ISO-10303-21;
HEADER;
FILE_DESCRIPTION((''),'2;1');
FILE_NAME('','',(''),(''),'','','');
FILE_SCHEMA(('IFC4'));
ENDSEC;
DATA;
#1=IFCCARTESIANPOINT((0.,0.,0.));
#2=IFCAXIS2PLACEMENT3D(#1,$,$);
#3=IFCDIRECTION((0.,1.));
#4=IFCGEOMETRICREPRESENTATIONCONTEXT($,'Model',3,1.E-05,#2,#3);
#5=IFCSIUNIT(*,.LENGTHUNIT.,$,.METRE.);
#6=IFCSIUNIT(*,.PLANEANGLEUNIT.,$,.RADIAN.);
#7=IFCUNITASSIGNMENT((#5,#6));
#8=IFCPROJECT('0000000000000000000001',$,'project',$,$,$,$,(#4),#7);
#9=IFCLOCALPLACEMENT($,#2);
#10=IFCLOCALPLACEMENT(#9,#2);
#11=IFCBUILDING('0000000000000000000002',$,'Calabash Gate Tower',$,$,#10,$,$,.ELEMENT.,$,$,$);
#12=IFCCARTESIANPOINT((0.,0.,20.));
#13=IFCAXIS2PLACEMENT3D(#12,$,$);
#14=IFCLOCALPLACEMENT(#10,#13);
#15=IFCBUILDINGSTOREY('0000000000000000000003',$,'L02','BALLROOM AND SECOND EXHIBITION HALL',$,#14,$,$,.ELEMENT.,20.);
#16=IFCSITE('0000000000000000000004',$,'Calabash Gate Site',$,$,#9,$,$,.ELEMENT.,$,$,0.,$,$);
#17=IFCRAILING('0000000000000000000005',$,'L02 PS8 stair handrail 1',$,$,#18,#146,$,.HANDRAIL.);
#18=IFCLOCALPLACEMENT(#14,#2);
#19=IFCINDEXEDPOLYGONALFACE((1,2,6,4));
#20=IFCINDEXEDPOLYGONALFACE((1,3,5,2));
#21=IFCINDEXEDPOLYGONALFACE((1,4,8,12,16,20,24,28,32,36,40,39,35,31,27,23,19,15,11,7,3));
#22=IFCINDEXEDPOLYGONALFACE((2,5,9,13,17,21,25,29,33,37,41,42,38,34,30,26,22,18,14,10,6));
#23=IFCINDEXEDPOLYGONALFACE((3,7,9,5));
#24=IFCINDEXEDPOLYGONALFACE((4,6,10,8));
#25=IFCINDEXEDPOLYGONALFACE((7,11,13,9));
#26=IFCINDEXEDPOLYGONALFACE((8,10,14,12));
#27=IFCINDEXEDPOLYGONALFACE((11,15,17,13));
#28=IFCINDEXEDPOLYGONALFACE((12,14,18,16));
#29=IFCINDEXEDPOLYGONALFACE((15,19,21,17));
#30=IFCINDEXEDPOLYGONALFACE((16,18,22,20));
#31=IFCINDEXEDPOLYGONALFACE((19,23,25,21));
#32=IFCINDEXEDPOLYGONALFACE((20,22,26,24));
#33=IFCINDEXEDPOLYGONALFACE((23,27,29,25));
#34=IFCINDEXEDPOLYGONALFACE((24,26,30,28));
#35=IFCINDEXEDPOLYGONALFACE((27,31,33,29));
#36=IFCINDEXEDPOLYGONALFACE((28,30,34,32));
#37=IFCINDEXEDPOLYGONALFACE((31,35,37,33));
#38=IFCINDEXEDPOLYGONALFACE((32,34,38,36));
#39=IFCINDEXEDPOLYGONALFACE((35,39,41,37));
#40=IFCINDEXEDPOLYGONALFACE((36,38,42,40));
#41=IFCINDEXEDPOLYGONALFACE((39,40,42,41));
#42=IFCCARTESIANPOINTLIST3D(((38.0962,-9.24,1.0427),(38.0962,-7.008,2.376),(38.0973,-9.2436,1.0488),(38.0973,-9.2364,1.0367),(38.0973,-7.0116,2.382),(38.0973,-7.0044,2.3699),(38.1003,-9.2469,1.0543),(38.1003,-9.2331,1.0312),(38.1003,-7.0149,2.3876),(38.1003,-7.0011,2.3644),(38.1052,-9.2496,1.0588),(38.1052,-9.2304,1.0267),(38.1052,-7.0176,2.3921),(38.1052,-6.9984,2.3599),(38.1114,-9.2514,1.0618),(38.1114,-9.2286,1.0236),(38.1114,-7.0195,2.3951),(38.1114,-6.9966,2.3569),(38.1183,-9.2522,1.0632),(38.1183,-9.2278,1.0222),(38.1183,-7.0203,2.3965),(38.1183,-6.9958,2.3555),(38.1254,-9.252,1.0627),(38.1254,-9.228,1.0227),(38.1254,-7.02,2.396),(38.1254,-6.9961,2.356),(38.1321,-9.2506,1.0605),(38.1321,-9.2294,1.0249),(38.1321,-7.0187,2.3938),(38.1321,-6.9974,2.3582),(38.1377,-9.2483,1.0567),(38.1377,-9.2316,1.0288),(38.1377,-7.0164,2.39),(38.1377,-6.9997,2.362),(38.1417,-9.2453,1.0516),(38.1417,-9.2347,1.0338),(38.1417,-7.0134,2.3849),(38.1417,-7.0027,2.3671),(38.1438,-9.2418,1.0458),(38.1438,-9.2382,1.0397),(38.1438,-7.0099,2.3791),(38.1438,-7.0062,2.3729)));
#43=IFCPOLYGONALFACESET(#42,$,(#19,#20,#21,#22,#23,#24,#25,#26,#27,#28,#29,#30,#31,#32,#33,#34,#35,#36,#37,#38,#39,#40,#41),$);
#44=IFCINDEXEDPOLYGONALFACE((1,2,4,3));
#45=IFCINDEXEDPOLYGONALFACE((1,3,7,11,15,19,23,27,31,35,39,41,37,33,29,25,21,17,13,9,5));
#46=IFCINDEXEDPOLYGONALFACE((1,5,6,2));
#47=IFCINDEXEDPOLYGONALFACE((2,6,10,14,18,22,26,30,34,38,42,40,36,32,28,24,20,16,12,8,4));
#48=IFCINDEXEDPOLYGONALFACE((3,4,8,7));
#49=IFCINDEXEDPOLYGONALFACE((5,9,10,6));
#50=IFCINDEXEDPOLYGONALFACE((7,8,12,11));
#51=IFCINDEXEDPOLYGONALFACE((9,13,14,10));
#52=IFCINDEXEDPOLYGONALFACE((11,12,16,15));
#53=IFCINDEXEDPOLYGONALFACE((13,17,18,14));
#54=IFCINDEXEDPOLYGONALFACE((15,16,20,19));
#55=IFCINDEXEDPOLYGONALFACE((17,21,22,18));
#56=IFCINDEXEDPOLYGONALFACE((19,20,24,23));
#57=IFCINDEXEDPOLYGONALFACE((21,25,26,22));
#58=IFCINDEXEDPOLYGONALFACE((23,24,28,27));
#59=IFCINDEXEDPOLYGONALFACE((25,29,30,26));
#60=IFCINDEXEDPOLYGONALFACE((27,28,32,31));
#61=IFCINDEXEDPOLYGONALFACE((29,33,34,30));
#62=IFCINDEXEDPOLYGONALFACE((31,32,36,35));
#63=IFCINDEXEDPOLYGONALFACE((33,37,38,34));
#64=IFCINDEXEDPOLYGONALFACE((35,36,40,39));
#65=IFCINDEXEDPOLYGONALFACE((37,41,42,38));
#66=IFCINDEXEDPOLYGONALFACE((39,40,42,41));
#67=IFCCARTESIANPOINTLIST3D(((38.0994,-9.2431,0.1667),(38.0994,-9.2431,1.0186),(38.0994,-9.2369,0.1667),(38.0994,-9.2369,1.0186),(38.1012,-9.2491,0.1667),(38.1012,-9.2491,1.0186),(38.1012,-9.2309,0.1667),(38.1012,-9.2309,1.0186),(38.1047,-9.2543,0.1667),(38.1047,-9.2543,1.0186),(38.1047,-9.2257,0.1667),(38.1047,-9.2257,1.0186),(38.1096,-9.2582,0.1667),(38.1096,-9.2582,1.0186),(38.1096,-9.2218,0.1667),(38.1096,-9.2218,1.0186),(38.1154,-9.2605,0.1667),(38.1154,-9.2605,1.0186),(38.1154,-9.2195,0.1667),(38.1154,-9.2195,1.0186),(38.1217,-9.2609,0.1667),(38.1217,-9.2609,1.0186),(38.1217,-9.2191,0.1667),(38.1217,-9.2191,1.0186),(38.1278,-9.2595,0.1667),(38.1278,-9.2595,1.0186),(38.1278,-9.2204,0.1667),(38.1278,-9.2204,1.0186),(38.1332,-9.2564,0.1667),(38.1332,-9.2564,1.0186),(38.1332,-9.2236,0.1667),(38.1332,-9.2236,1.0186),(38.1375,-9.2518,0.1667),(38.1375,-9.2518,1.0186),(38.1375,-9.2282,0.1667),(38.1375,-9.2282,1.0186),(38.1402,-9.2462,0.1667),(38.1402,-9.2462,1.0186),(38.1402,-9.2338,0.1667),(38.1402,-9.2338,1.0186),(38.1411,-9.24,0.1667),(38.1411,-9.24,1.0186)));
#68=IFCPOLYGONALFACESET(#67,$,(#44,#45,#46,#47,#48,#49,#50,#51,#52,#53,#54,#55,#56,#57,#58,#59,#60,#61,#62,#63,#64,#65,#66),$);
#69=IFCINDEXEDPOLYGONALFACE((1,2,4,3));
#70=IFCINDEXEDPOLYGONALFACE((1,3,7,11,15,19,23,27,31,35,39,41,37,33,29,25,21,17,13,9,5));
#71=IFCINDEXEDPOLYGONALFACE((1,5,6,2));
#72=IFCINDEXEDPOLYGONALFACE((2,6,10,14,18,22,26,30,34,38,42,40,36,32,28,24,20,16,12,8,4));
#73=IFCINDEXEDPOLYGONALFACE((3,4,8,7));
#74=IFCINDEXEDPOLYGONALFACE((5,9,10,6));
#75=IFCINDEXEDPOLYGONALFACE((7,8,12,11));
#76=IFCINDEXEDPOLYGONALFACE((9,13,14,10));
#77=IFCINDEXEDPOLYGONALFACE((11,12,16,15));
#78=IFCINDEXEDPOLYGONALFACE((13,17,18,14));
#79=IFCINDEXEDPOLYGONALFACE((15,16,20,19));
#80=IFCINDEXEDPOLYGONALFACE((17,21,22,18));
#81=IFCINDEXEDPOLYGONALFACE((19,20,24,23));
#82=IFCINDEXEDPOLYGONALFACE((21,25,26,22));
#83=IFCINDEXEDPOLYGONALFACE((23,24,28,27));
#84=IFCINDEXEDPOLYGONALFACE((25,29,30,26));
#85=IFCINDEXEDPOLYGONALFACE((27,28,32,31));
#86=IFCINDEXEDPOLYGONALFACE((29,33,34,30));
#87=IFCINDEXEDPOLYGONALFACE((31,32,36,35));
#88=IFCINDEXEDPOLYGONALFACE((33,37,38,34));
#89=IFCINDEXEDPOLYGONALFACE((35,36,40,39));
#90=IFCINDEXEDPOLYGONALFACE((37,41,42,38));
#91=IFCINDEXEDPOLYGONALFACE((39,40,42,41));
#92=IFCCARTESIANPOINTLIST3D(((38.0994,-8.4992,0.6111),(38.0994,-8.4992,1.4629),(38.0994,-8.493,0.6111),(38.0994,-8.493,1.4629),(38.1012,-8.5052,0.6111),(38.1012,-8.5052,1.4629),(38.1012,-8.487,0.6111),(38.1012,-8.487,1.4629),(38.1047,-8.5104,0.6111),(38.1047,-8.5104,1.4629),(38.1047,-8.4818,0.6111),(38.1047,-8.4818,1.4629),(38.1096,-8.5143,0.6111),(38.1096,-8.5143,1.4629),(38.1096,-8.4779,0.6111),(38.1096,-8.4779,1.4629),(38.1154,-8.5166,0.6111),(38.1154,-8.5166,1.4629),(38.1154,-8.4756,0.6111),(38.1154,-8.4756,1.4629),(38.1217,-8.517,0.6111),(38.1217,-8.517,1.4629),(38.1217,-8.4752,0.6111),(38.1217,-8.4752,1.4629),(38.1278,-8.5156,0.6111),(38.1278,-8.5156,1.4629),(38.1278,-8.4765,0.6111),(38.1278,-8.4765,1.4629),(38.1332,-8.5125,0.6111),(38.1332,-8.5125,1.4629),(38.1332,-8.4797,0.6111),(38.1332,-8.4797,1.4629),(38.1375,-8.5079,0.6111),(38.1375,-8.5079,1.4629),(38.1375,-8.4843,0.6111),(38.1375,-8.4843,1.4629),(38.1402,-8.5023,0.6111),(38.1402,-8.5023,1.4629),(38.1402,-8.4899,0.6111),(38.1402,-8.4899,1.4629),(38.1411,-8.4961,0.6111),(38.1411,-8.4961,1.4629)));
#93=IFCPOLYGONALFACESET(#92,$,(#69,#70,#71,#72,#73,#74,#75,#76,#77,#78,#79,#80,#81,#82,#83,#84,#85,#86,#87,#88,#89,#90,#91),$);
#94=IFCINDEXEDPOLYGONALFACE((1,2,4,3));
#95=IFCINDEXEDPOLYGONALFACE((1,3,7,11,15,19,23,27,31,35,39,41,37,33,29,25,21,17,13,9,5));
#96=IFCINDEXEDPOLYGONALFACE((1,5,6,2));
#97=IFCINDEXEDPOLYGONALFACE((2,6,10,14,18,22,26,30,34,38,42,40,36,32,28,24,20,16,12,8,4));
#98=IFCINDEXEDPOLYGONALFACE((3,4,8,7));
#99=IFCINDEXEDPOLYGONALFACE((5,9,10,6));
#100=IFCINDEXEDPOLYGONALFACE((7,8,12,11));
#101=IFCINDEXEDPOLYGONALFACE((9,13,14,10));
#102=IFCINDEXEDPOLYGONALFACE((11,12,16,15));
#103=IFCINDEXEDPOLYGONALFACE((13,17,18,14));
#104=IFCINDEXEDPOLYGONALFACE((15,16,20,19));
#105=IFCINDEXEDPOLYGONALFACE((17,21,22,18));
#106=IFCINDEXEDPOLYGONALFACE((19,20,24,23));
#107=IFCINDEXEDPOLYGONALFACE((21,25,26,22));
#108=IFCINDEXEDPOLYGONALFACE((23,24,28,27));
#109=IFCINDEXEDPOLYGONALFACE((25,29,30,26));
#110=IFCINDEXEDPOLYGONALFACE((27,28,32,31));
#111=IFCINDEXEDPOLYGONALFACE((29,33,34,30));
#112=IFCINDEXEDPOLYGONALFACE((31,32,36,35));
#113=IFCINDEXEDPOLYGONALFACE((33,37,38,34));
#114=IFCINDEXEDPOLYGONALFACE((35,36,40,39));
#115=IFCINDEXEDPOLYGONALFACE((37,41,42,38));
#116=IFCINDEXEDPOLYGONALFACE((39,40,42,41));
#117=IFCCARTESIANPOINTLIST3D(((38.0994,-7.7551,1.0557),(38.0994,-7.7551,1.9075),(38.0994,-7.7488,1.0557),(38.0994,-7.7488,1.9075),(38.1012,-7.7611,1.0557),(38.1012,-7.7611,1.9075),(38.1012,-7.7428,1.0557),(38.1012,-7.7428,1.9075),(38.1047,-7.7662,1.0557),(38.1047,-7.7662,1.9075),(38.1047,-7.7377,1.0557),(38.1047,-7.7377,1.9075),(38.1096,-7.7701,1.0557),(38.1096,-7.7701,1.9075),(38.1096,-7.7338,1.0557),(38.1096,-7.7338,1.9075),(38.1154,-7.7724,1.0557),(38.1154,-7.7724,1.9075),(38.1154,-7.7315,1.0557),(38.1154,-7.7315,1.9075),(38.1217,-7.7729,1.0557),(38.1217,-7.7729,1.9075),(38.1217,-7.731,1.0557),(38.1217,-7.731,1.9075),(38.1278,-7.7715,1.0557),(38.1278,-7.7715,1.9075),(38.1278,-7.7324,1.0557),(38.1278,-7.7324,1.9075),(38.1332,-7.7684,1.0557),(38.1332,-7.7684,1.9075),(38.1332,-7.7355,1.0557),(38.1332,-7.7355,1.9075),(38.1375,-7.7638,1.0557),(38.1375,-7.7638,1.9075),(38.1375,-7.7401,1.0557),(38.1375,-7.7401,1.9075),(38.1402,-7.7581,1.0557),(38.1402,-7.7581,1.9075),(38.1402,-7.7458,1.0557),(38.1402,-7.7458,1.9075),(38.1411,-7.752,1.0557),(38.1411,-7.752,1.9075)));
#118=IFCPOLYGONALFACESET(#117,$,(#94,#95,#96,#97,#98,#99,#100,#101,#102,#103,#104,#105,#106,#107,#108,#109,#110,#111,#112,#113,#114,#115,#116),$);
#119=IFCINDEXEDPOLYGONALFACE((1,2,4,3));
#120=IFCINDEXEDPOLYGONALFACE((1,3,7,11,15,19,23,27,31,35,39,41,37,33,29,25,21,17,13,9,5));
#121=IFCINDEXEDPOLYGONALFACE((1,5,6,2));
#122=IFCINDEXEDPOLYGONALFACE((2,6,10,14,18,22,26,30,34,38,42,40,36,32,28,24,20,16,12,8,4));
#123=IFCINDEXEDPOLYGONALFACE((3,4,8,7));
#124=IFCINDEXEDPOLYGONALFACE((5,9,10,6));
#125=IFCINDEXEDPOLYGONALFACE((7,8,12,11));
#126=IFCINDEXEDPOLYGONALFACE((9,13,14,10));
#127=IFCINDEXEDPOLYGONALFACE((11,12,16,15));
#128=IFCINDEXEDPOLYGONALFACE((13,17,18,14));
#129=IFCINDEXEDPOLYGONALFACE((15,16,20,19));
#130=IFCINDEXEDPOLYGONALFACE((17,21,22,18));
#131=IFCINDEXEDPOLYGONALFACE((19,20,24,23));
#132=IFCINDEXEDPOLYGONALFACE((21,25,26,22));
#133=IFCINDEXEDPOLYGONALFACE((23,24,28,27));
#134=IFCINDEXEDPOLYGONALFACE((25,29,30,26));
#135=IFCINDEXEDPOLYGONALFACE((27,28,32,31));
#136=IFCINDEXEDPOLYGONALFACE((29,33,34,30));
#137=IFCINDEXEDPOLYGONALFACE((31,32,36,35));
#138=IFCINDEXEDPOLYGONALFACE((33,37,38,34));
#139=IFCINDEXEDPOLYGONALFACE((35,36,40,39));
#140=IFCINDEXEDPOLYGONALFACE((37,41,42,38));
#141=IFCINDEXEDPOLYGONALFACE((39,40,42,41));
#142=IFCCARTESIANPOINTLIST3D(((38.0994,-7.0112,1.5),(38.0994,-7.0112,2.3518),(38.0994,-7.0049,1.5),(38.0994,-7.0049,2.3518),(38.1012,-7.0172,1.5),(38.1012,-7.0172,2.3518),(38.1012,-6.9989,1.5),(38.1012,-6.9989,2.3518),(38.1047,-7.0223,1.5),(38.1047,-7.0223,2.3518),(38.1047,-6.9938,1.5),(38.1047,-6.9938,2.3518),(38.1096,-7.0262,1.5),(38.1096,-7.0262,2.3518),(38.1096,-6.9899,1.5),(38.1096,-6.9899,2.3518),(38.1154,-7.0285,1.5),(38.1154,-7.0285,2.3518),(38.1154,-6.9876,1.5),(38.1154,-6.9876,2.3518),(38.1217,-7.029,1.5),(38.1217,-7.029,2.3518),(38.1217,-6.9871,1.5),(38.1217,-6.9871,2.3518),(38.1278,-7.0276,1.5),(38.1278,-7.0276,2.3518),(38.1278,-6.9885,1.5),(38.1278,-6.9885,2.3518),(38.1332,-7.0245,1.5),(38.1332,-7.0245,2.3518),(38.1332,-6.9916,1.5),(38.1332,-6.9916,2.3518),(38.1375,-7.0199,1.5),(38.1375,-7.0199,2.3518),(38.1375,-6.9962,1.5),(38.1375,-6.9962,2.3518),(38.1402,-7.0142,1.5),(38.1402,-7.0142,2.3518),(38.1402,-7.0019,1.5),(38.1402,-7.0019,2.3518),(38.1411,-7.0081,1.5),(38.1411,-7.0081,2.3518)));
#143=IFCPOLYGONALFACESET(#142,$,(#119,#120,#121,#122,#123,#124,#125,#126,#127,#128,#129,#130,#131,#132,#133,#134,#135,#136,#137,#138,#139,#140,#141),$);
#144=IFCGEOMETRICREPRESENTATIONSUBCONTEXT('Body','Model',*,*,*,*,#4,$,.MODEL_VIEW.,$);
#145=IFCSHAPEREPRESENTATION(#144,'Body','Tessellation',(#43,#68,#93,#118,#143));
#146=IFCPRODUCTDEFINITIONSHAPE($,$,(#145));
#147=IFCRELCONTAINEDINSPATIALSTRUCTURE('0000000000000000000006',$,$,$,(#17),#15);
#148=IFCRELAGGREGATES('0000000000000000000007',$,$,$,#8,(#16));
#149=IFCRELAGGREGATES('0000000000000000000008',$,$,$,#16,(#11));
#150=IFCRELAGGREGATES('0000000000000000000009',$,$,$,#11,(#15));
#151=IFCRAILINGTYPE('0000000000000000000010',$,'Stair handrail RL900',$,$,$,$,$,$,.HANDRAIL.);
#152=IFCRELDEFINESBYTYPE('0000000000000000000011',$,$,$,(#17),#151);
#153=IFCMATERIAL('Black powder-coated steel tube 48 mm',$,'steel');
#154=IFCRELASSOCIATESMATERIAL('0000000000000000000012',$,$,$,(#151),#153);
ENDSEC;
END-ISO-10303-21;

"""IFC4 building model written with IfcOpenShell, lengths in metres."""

from ifc_helpers import new_model, si_unit, direction, frame, origin, origin_2d, place, context, subcontext, project, spatial, circle, extrude, material, type_object, element, save


model = new_model("IFC4")

# Units and contexts
model_context = context("Model", 3, precision=1e-05, world=origin(), true_north=direction((0.0, 1.0)))
body_context = subcontext(model_context, "Body", "Model", "MODEL_VIEW")
ifc_project = project(units=[si_unit("LENGTHUNIT", "METRE"), si_unit("PLANEANGLEUNIT", "RADIAN")], contexts=[model_context])

# Site, building, storey
site_placement = place(None, origin())
site = spatial("IfcSite", under=ifc_project, at=site_placement, Name="Calabash Gate Site", CompositionType="ELEMENT", RefElevation=0.0)
building_placement = place(site_placement, origin())
building = spatial("IfcBuilding", under=site, at=building_placement, Name="Calabash Gate Tower", CompositionType="ELEMENT")
storey_placement = place(building_placement, frame((0.0, 0.0, 20.0)))
storey = spatial("IfcBuildingStorey", under=building, at=storey_placement, Name="L02", Description="BALLROOM AND SECOND EXHIBITION HALL", CompositionType="ELEMENT", Elevation=20.0)

# Railing
ifc_material_1 = material(Name="Black powder-coated steel tube 48 mm", Category="steel")
railing_type_1 = type_object("IfcRailingType", Name="Stair handrail RL900", PredefinedType="HANDRAIL", material=ifc_material_1)
railing_1_placement = place(storey_placement, frame((38.1201, -9.24, 0.1667)))
element("IfcRailing", 1, at=railing_1_placement, inside=storey, type_object=railing_type_1, Name="L02 PS8 stair handrail 1", PredefinedType="HANDRAIL", context=body_context, shape_type="SweptSolid", body=[
    extrude(circle(Radius=0.0239, at=origin_2d()), frame((0.0, 0.0, 0.876), z_axis=(0.0, 0.858494, 0.512824), x_axis=(-1.0, 0.0, 0.0)), (0.0, 0.0, 1.0), 2.5999),
    extrude(circle(Radius=0.021, at=origin_2d()), origin(), (0.0, 0.0, 1.0), 0.8518),
    extrude(circle(Radius=0.021, at=origin_2d()), frame((0.0, 0.7439, 0.4443)), (0.0, 0.0, 1.0), 0.8518),
    extrude(circle(Radius=0.021, at=origin_2d()), frame((0.0, 1.488, 0.8889)), (0.0, 0.0, 1.0), 0.8518),
    extrude(circle(Radius=0.021, at=origin_2d()), frame((0.0, 2.2319, 1.3333)), (0.0, 0.0, 1.0), 0.8518),
])

save(model, "model.ifc")
